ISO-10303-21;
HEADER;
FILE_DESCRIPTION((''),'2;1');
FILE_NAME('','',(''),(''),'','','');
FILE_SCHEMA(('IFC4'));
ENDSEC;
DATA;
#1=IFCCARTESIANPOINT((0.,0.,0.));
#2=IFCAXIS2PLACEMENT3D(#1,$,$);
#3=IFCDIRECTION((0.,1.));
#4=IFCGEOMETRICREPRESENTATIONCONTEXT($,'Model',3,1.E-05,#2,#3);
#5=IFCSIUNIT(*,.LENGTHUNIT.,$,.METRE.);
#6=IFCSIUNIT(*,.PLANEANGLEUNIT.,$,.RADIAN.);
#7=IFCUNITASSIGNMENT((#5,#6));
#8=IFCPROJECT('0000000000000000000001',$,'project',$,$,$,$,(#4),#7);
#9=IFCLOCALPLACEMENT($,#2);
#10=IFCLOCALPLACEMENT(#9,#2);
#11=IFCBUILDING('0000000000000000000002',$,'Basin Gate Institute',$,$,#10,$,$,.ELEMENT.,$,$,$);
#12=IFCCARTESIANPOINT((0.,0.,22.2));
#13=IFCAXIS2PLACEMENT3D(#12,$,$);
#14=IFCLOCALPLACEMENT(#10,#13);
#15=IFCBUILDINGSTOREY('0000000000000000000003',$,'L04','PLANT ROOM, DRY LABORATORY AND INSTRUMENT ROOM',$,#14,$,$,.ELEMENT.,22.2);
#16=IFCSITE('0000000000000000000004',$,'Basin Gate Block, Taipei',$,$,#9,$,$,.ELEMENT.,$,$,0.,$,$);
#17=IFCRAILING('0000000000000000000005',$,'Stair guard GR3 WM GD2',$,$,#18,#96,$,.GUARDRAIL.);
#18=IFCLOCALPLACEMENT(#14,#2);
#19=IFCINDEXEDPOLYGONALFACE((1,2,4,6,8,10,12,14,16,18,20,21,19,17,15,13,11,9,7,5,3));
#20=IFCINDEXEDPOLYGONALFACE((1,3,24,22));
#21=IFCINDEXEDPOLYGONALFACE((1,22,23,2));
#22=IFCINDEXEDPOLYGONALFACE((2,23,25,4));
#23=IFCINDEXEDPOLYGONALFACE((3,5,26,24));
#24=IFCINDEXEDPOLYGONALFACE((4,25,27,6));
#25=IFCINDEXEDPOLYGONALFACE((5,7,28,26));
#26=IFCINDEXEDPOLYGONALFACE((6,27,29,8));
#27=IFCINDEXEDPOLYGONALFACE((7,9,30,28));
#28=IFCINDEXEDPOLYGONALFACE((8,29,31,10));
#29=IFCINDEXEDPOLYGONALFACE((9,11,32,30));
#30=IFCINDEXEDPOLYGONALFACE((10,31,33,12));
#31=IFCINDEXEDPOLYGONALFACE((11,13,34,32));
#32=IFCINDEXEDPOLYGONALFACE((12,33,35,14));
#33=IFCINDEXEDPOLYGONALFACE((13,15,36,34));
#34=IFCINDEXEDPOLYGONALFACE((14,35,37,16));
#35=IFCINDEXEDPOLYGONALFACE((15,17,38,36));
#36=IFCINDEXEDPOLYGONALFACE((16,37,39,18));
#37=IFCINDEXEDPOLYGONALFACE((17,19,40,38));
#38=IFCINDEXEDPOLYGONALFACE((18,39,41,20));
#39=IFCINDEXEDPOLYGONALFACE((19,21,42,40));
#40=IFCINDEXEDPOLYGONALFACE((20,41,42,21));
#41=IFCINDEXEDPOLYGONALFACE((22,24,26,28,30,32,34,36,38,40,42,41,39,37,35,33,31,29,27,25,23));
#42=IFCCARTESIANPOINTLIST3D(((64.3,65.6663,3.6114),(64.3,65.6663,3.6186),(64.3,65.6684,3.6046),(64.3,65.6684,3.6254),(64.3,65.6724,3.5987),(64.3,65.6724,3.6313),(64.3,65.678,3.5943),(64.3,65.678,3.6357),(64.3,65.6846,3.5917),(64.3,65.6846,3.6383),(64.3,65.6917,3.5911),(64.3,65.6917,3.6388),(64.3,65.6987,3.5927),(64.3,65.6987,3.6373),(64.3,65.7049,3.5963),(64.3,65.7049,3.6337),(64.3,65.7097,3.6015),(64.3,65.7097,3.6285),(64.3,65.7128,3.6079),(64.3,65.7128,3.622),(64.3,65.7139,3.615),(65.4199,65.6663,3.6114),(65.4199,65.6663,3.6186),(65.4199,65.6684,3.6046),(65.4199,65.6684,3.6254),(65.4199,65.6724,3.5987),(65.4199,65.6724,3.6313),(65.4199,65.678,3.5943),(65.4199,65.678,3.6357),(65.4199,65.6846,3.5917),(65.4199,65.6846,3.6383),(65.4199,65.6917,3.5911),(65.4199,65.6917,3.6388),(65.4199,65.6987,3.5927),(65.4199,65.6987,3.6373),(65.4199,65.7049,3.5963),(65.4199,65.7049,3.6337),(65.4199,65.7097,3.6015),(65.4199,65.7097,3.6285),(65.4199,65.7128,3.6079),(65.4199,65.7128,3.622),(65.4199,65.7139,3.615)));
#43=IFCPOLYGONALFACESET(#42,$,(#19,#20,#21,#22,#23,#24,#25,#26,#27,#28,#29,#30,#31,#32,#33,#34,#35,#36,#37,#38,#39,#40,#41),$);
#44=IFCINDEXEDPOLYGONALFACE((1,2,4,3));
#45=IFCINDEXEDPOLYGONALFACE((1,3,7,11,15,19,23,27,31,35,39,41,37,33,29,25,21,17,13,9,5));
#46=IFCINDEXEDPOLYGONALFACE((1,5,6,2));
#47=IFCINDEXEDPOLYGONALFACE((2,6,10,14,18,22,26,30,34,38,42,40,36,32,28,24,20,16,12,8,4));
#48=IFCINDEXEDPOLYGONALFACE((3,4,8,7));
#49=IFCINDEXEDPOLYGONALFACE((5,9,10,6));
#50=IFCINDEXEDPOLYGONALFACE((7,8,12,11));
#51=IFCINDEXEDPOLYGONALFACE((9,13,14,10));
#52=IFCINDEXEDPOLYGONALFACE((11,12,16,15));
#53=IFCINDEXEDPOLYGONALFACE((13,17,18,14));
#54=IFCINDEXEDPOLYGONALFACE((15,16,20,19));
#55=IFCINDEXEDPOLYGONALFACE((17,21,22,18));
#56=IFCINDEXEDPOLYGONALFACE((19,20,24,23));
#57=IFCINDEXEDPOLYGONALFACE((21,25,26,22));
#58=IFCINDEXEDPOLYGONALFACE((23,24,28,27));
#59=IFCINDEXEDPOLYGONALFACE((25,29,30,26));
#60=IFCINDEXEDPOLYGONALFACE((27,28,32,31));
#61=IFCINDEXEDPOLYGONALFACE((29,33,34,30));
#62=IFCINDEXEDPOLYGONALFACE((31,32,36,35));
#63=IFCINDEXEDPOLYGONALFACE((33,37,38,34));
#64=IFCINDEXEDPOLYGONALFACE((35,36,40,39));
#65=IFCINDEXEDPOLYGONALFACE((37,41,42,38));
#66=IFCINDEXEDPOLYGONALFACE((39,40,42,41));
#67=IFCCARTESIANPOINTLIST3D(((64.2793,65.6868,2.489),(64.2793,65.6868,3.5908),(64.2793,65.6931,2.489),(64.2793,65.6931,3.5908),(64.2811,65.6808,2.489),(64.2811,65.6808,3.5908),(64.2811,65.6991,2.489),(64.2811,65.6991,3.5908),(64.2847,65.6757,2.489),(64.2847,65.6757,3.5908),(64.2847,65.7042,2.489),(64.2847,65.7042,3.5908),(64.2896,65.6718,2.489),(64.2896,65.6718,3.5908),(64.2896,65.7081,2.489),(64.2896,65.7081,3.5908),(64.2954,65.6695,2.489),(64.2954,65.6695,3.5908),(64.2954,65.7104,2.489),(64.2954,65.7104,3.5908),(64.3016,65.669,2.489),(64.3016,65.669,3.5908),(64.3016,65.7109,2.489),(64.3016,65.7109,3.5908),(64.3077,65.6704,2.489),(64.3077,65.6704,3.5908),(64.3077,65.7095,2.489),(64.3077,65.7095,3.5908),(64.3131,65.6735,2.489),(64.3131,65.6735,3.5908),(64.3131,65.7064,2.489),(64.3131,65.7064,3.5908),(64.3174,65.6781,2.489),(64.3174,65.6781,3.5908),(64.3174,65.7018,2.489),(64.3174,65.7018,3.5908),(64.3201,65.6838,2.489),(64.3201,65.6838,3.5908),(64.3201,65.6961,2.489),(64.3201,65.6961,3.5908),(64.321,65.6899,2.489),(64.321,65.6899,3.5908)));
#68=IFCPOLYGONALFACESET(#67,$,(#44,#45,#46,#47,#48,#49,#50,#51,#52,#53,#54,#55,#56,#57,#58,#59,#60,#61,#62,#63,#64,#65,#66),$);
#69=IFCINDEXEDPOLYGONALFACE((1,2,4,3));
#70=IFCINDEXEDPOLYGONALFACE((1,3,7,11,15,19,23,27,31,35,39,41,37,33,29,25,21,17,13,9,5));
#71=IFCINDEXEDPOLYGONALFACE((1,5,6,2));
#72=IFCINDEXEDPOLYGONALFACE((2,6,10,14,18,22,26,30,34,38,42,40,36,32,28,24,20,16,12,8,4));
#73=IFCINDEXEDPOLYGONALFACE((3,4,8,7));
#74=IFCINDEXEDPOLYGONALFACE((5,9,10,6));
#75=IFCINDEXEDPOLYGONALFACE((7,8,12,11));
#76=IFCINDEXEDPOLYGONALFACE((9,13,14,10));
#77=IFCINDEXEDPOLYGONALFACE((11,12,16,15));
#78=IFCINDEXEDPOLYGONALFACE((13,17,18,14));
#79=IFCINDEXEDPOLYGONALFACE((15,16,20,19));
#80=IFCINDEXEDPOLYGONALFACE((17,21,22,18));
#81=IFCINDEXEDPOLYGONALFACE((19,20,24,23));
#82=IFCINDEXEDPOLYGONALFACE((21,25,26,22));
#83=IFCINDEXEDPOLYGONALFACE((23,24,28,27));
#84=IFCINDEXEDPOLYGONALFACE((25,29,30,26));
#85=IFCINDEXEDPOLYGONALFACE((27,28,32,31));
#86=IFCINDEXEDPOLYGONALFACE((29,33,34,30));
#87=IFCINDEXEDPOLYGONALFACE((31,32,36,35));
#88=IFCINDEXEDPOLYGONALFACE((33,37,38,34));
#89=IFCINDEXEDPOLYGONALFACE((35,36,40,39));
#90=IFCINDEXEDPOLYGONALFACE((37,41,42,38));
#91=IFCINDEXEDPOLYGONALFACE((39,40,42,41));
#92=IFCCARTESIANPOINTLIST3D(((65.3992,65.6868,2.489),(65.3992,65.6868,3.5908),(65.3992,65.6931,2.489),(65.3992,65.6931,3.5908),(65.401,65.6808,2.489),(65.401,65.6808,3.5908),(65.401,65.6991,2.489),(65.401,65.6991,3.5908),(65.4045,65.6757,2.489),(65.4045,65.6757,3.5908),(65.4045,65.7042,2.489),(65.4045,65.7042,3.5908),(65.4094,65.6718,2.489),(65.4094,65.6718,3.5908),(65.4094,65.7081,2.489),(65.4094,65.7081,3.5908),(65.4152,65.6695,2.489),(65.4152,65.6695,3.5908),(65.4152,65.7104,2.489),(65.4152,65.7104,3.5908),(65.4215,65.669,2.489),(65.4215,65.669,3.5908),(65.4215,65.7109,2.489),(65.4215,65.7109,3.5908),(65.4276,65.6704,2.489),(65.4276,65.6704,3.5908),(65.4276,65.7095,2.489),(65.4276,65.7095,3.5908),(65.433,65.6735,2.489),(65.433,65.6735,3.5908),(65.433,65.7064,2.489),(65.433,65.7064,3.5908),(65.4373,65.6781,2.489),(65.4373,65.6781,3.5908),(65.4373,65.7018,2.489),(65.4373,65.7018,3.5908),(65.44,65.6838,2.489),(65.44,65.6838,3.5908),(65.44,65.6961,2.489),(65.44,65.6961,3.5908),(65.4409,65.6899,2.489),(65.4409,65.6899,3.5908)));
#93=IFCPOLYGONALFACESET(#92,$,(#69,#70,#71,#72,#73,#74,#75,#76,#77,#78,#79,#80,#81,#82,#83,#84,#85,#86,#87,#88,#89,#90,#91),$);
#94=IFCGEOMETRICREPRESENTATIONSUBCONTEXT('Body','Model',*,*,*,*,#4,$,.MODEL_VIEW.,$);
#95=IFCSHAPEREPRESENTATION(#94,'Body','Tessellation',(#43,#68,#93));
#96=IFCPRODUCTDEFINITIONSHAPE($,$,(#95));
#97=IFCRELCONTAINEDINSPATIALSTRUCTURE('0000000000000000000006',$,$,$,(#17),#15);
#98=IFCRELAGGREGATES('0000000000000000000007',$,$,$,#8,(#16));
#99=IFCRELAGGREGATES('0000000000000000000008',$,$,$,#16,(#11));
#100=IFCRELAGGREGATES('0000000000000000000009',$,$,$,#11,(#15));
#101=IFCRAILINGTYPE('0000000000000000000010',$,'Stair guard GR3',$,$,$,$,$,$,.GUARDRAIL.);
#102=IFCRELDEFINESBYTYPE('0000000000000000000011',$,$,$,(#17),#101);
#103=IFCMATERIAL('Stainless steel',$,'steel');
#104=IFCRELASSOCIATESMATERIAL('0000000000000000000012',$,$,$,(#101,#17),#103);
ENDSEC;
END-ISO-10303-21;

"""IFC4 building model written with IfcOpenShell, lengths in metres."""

from ifc_helpers import new_model, si_unit, direction, frame, origin, origin_2d, place, context, subcontext, project, spatial, circle, extrude, material, type_object, element, save


model = new_model("IFC4")

# Units and contexts
model_context = context("Model", 3, precision=1e-05, world=origin(), true_north=direction((0.0, 1.0)))
body_context = subcontext(model_context, "Body", "Model", "MODEL_VIEW")
ifc_project = project(units=[si_unit("LENGTHUNIT", "METRE"), si_unit("PLANEANGLEUNIT", "RADIAN")], contexts=[model_context])

# Site, building, storey
site_placement = place(None, origin())
site = spatial("IfcSite", under=ifc_project, at=site_placement, Name="Basin Gate Block, Taipei", CompositionType="ELEMENT", RefElevation=0.0)
building_placement = place(site_placement, origin())
building = spatial("IfcBuilding", under=site, at=building_placement, Name="Basin Gate Institute", CompositionType="ELEMENT")
storey_placement = place(building_placement, frame((0.0, 0.0, 22.2)))
storey = spatial("IfcBuildingStorey", under=building, at=storey_placement, Name="L04", Description="PLANT ROOM, DRY LABORATORY AND INSTRUMENT ROOM", CompositionType="ELEMENT", Elevation=22.2)

# Railing
ifc_material_1 = material(Name="Stainless steel", Category="steel")
railing_type_1 = type_object("IfcRailingType", Name="Stair guard GR3", PredefinedType="GUARDRAIL", material=ifc_material_1)
railing_1_placement = place(storey_placement, frame((64.3, 65.6899, 2.489)))
element("IfcRailing", 1, at=railing_1_placement, inside=storey, type_object=railing_type_1, material=ifc_material_1, Name="Stair guard GR3 WM GD2", PredefinedType="GUARDRAIL", context=body_context, shape_type="SweptSolid", body=[
    extrude(circle(Radius=0.0239, at=origin_2d()), frame((0.0, 0.0, 1.126), z_axis=(1.0, 0.0, 0.0), x_axis=(0.0, 1.0, 0.0)), (0.0, 0.0, 1.0), 1.1199),
    extrude(circle(Radius=0.021, at=origin_2d()), origin(), (0.0, 0.0, 1.0), 1.1018),
    extrude(circle(Radius=0.021, at=origin_2d()), frame((1.1199, 0.0, 0.0)), (0.0, 0.0, 1.0), 1.1018),
])

save(model, "model.ifc")
